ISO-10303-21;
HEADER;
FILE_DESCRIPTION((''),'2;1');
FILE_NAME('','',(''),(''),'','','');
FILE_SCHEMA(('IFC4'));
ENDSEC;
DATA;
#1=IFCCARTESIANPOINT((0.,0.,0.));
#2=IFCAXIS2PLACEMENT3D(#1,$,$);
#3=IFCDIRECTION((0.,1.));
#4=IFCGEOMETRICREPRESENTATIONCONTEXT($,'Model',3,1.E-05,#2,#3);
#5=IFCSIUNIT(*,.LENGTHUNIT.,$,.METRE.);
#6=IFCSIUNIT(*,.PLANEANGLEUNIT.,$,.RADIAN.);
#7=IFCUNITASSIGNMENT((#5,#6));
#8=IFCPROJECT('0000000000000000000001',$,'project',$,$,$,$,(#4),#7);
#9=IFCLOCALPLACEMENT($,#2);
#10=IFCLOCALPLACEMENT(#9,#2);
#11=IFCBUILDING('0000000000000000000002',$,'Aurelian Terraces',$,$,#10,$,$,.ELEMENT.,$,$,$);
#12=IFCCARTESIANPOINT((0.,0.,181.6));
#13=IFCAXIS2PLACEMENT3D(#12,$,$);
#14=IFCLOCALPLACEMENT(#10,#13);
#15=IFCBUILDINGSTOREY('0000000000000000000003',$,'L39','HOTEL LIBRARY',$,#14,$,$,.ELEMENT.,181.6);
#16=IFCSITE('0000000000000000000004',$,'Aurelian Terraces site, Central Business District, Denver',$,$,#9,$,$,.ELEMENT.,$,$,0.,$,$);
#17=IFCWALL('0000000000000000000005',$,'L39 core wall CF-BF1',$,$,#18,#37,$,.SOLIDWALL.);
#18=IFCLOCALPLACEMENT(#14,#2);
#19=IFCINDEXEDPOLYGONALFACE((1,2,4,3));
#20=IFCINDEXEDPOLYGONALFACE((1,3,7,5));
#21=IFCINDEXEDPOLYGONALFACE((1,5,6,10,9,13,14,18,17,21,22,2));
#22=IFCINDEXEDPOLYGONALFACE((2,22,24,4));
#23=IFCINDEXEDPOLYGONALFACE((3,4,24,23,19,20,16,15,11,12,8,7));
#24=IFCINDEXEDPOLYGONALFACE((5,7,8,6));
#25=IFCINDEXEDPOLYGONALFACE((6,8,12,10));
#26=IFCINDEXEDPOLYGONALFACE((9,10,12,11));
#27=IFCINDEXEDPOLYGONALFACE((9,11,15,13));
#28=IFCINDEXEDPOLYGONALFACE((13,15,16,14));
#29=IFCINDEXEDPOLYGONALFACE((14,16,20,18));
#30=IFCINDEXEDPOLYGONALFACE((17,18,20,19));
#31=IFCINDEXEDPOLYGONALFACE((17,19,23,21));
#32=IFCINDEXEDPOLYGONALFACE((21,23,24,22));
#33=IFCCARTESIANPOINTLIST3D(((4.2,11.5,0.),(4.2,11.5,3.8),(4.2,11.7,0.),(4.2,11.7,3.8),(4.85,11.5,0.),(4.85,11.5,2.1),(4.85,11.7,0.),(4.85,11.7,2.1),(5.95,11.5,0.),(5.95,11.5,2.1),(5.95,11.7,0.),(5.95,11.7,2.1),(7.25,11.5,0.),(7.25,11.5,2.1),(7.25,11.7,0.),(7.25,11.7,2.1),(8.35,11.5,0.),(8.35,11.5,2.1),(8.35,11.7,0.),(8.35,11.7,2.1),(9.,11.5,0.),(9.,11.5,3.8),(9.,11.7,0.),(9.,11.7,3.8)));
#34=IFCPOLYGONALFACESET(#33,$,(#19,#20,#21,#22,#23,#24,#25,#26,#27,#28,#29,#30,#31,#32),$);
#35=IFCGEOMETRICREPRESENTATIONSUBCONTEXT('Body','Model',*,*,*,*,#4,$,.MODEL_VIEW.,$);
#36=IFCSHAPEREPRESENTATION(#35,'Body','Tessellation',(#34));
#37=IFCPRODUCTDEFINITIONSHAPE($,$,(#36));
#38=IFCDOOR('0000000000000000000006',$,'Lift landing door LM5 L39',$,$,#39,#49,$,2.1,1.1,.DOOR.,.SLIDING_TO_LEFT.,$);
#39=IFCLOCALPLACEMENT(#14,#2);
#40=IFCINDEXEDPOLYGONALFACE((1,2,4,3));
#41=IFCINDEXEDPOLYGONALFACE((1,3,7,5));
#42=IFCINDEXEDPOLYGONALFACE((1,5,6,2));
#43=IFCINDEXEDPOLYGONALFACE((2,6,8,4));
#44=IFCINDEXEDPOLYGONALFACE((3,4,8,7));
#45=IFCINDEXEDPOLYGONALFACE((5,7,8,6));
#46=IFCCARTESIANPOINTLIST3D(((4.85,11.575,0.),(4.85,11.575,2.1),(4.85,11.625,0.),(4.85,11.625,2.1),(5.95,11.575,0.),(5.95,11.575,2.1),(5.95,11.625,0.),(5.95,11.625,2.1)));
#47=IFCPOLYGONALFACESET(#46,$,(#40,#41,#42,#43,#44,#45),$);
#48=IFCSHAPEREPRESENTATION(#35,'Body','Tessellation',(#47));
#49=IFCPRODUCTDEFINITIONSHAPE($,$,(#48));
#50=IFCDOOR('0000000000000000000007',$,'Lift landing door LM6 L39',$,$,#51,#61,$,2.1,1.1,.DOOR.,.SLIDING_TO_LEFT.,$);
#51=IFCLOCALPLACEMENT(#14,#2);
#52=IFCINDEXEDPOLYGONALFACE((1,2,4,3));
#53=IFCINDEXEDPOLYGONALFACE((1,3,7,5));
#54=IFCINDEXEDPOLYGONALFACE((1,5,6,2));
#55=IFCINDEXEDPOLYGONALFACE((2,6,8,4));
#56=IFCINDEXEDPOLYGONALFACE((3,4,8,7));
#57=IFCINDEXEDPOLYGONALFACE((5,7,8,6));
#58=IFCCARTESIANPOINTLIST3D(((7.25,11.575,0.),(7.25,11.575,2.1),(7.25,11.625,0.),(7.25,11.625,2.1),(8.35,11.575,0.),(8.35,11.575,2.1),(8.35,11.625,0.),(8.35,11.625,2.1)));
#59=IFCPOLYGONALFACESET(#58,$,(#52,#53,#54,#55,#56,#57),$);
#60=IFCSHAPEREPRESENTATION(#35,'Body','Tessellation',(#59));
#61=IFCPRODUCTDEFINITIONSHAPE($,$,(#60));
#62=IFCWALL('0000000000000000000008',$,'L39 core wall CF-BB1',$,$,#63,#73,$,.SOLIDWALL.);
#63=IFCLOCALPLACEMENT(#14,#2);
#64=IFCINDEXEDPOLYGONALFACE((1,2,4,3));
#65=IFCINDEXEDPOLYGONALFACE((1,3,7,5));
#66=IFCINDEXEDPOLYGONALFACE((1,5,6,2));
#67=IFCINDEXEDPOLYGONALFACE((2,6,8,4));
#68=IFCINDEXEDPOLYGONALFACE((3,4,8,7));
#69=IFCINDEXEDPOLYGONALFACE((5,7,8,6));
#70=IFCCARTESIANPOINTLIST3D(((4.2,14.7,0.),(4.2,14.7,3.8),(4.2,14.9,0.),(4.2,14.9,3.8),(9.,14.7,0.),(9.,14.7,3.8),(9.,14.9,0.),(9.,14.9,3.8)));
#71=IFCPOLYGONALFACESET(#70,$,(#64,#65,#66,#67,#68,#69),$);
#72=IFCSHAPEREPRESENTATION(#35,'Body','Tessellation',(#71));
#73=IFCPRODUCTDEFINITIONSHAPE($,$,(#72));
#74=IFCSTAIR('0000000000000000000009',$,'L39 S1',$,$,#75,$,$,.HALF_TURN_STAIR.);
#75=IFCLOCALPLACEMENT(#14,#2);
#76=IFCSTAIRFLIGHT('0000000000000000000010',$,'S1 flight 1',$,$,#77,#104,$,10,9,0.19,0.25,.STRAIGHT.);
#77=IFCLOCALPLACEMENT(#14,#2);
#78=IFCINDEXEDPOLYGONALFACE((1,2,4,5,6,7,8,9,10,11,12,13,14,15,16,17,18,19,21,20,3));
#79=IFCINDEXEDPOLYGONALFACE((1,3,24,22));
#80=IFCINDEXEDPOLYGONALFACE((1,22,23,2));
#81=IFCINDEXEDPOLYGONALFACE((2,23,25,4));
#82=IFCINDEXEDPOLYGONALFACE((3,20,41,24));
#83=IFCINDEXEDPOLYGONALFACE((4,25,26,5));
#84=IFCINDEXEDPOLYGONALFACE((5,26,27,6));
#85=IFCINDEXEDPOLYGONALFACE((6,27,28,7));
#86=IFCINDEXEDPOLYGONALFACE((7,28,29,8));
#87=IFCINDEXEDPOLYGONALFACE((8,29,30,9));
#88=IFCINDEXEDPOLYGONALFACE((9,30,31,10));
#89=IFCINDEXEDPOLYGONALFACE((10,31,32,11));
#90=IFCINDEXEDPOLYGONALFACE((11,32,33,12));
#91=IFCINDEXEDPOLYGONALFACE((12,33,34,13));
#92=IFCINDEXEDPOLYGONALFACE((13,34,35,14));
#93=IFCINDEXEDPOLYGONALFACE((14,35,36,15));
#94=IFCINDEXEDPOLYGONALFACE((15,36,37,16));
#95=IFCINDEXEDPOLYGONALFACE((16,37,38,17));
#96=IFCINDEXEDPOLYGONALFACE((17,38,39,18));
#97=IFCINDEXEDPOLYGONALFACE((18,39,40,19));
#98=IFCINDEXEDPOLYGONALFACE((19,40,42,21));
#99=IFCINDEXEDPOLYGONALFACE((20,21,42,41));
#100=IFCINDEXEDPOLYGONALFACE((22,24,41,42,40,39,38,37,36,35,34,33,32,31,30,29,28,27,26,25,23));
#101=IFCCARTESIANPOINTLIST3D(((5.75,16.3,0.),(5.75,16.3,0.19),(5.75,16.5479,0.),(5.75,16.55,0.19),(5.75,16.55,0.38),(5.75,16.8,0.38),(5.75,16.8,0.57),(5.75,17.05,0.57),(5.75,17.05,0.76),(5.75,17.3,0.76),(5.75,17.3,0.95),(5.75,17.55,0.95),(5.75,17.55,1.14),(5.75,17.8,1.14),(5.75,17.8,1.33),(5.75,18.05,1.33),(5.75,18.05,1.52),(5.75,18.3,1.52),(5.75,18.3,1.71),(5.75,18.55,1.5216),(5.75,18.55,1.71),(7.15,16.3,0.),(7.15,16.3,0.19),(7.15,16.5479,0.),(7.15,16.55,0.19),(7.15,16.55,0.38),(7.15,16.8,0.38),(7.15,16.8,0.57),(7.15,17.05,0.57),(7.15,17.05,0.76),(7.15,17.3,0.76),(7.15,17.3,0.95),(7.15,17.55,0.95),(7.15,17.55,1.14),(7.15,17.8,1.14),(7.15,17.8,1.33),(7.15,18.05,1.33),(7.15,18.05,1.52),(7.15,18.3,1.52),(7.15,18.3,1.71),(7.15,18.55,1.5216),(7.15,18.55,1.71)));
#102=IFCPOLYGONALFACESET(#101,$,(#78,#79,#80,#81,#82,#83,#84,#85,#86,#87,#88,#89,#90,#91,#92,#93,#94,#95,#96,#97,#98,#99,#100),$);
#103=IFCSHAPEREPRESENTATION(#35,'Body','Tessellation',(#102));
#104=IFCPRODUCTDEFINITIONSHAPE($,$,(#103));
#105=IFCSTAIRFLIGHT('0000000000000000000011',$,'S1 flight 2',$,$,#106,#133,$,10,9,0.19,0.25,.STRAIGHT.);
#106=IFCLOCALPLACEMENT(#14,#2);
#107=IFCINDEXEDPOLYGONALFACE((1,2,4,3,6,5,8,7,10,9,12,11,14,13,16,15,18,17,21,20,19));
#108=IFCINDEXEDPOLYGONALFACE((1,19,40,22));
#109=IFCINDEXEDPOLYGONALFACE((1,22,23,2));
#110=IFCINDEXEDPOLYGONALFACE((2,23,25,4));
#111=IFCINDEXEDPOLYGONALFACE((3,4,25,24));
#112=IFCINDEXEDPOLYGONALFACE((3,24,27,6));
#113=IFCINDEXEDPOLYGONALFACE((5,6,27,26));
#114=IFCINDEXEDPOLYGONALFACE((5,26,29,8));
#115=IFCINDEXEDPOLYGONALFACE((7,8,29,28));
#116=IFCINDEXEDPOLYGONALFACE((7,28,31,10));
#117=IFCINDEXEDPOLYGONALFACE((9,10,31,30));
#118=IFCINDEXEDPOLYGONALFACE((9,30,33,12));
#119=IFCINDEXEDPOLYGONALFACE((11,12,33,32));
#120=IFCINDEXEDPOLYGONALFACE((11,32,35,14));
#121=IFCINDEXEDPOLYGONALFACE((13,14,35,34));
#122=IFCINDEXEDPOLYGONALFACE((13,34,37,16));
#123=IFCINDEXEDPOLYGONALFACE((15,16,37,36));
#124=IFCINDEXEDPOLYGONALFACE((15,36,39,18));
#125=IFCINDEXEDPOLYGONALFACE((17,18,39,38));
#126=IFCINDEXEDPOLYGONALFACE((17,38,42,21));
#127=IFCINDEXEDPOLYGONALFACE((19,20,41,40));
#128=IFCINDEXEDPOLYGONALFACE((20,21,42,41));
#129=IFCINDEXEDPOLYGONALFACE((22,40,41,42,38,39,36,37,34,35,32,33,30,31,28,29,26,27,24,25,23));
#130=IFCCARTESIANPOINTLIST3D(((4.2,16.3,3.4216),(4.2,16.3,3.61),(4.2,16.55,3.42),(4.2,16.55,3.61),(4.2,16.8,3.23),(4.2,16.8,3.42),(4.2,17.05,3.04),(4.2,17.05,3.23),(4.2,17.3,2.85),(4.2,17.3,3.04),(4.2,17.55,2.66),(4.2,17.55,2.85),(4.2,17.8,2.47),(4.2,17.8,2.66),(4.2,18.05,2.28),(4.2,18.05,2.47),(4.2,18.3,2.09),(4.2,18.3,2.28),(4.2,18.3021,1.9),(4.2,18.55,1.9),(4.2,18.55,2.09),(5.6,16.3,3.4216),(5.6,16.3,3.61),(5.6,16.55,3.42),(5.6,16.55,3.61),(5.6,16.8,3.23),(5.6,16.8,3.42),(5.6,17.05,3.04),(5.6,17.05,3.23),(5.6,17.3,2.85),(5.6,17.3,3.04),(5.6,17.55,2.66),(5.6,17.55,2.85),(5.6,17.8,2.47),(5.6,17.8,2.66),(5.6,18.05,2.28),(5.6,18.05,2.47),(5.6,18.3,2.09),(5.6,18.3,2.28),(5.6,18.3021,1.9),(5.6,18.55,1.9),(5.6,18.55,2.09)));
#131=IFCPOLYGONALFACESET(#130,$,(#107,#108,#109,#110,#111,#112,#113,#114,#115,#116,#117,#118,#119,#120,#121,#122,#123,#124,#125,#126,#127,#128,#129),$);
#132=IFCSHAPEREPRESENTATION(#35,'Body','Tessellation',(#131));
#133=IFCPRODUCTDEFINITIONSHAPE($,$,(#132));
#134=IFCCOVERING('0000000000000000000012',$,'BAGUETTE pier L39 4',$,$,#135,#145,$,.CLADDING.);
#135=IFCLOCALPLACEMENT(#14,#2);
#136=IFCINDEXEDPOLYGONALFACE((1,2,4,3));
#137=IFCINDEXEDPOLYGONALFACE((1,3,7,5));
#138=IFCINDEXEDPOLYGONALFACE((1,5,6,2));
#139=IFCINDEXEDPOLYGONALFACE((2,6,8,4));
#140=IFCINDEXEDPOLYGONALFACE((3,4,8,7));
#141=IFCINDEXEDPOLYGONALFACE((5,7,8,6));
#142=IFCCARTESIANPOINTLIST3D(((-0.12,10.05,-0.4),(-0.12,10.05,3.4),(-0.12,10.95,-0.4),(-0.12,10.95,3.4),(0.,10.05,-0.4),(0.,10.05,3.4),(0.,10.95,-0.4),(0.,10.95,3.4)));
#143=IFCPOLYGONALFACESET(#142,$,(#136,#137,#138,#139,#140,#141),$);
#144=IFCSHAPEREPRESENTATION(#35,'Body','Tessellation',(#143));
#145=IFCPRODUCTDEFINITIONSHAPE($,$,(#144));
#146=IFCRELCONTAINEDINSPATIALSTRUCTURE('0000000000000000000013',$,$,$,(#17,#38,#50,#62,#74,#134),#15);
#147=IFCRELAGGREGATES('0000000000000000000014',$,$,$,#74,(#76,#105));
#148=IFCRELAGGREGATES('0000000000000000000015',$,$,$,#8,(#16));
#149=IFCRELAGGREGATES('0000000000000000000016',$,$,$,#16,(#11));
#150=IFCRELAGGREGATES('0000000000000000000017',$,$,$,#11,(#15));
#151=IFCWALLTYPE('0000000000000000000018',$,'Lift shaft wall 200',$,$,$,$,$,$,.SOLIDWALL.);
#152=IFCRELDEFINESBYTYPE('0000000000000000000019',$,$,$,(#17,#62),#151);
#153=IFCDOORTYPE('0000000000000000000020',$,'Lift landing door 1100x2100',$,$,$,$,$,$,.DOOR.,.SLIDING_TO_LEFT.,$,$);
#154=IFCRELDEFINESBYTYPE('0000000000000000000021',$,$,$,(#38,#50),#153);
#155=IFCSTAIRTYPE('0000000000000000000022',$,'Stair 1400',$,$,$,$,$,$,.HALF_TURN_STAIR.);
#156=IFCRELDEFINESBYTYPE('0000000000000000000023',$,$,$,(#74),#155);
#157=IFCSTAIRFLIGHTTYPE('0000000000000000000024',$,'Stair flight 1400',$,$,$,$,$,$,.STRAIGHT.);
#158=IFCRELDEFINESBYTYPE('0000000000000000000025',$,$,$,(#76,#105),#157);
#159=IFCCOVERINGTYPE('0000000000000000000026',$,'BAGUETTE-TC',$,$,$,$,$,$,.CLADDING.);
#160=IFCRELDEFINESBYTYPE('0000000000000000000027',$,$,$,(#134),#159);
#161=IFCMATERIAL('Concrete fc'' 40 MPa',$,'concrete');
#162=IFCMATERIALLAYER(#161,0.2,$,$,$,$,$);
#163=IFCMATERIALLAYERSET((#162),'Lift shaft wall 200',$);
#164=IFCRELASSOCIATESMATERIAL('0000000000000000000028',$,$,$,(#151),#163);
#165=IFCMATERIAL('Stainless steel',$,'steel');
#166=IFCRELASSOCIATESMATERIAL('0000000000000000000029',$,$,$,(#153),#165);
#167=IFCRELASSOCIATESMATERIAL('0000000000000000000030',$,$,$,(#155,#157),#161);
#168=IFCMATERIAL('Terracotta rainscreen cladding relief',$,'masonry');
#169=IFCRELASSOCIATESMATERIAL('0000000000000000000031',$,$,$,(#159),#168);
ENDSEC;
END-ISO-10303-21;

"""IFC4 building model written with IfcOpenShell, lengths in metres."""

from ifc_helpers import new_model, si_unit, direction, frame, frame_2d, origin, origin_2d, place, context, subcontext, project, spatial, polyline, rectangle, outline, extrude, source, transform, mapped, material, layer, layer_set, type_object, element, fill, aggregate, save


model = new_model("IFC4")

# Units and contexts
model_context = context("Model", 3, precision=1e-05, world=origin(), true_north=direction((0.0, 1.0)))
body_context = subcontext(model_context, "Body", "Model", "MODEL_VIEW")
ifc_project = project(units=[si_unit("LENGTHUNIT", "METRE"), si_unit("PLANEANGLEUNIT", "RADIAN")], contexts=[model_context])

# Site, building, storey
site_placement = place(None, origin())
site = spatial("IfcSite", under=ifc_project, at=site_placement, Name="Aurelian Terraces site, Central Business District, Denver", CompositionType="ELEMENT", RefElevation=0.0)
building_placement = place(site_placement, origin())
building = spatial("IfcBuilding", under=site, at=building_placement, Name="Aurelian Terraces", CompositionType="ELEMENT")
storey_placement = place(building_placement, frame((0.0, 0.0, 181.6)))
storey = spatial("IfcBuildingStorey", under=building, at=storey_placement, Name="L39", Description="HOTEL LIBRARY", CompositionType="ELEMENT", Elevation=181.6)

# Shared definitions
ifc_material_1 = material(Name="Concrete fc' 40 MPa", Category="concrete")
ifc_layer_1 = layer(ifc_material_1, 0.2)
ifc_layer_set_1 = layer_set([ifc_layer_1], Name="Lift shaft wall 200")
wall_type_1 = type_object("IfcWallType", Name="Lift shaft wall 200", PredefinedType="SOLIDWALL", material=ifc_layer_set_1)

# Wall, openings, doors
shared_shape_1 = source(origin(), body_context, "Body", "SweptSolid", [
    extrude(rectangle(XDim=1.1, YDim=2.1, at=frame_2d((0.55, 1.05))), frame((0.0, 0.11, 0.0), z_axis=(0.0, -1.0, 0.0), x_axis=(1.0, 0.0, 0.0)), (0.0, 0.0, 1.0), 0.22),
])
ifc_material_2 = material(Name="Stainless steel", Category="steel")
door_type = type_object("IfcDoorType", Name="Lift landing door 1100x2100", OperationType="SLIDING_TO_LEFT", PredefinedType="DOOR", material=ifc_material_2)
shared_shape_2 = source(origin(), body_context, "Body", "SweptSolid", [
    extrude(rectangle(XDim=1.1, YDim=2.1, at=frame_2d((0.55, 1.05))), frame((0.0, 0.025, 0.0), z_axis=(0.0, -1.0, 0.0), x_axis=(1.0, 0.0, 0.0)), (0.0, 0.0, 1.0), 0.05),
])
shared_shape_3 = source(origin(), body_context, "Body", "SweptSolid", [
    extrude(rectangle(XDim=4.8, YDim=0.2, at=frame_2d((2.4, 0.0))), origin(), (0.0, 0.0, 1.0), 3.8),
])
wall_1_placement = place(storey_placement, frame((4.2, 11.6, 0.0), z_axis=(0.0, 0.0, 1.0), x_axis=(1.0, 0.0, 0.0)))
wall_1 = element("IfcWall", 1, at=wall_1_placement, inside=storey, type_object=wall_type_1, Name="L39 core wall CF-BF1", PredefinedType="SOLIDWALL", context=body_context, shape_type="MappedRepresentation", body=[
    mapped(shared_shape_3, transform((0.0, 0.0, 0.0), scale=1.0)),
])
opening_1_placement = place(wall_1_placement, frame((0.65, 0.0, 0.0)))
opening_1 = element("IfcOpeningElement", 2, at=opening_1_placement, cuts=wall_1, PredefinedType="OPENING", context=body_context, shape_type="MappedRepresentation", body=[
    mapped(shared_shape_1, transform((0.0, 0.0, 0.0), scale=1.0)),
])
opening_2_placement = place(wall_1_placement, frame((3.05, 0.0, 0.0)))
opening_2 = element("IfcOpeningElement", 3, at=opening_2_placement, cuts=wall_1, PredefinedType="OPENING", context=body_context, shape_type="MappedRepresentation", body=[
    mapped(shared_shape_1, transform((0.0, 0.0, 0.0), scale=1.0)),
])
door_1_placement = place(opening_1_placement, origin())
door_1 = element("IfcDoor", 4, at=door_1_placement, inside=storey, type_object=door_type, Name="Lift landing door LM5 L39", OperationType="SLIDING_TO_LEFT", OverallHeight=2.1, OverallWidth=1.1, PredefinedType="DOOR", context=body_context, shape_type="MappedRepresentation", body=[
    mapped(shared_shape_2, transform((0.0, 0.0, 0.0), scale=1.0)),
])
fill(opening_1, door_1)
door_2_placement = place(opening_2_placement, origin())
door_2 = element("IfcDoor", 5, at=door_2_placement, inside=storey, type_object=door_type, Name="Lift landing door LM6 L39", OperationType="SLIDING_TO_LEFT", OverallHeight=2.1, OverallWidth=1.1, PredefinedType="DOOR", context=body_context, shape_type="MappedRepresentation", body=[
    mapped(shared_shape_2, transform((0.0, 0.0, 0.0), scale=1.0)),
])
fill(opening_2, door_2)

# Wall
wall_2_placement = place(storey_placement, frame((4.2, 14.8, 0.0), z_axis=(0.0, 0.0, 1.0), x_axis=(1.0, 0.0, 0.0)))
element("IfcWall", 6, at=wall_2_placement, inside=storey, type_object=wall_type_1, Name="L39 core wall CF-BB1", PredefinedType="SOLIDWALL", context=body_context, shape_type="MappedRepresentation", body=[
    mapped(shared_shape_3, transform((0.0, 0.0, 0.0), scale=1.0)),
])

# Stair, stair flights
stair_type = type_object("IfcStairType", Name="Stair 1400", PredefinedType="HALF_TURN_STAIR", material=ifc_material_1)
stair_placement = place(storey_placement, origin())
stair = element("IfcStair", 7, at=stair_placement, inside=storey, type_object=stair_type, Name="L39 S1", PredefinedType="HALF_TURN_STAIR")
stair_flight_type = type_object("IfcStairFlightType", Name="Stair flight 1400", PredefinedType="STRAIGHT", material=ifc_material_1)
shared_shape_4 = source(origin(), body_context, "Body", "SweptSolid", [
    extrude(outline(polyline([(0.0, 0.0), (0.0, 0.19), (0.25, 0.19), (0.25, 0.38), (0.5, 0.38), (0.5, 0.57), (0.75, 0.57), (0.75, 0.76), (1.0, 0.76), (1.0, 0.95), (1.25, 0.95), (1.25, 1.14), (1.5, 1.14), (1.5, 1.33), (1.75, 1.33), (1.75, 1.52), (2.0, 1.52), (2.0, 1.71), (2.25, 1.71), (2.25, 1.9), (2.25, 1.5216), (0.2479, 0.0), (0.0, 0.0)])), frame((0.0, 0.7, 0.0), z_axis=(0.0, -1.0, 0.0), x_axis=(1.0, 0.0, 0.0)), (0.0, 0.0, 1.0), 1.4),
])
stair_flight_1_placement = place(storey_placement, frame((6.45, 16.3, 0.0), z_axis=(0.0, 0.0, 1.0), x_axis=(0.0, 1.0, 0.0)))
stair_flight_1 = element("IfcStairFlight", 8, at=stair_flight_1_placement, type_object=stair_flight_type, Name="S1 flight 1", NumberOfRisers=10, NumberOfTreads=9, PredefinedType="STRAIGHT", RiserHeight=0.19, TreadLength=0.25, context=body_context, shape_type="MappedRepresentation", body=[
    mapped(shared_shape_4, transform((0.0, 0.0, 0.0), scale=1.0)),
])
stair_flight_2_placement = place(storey_placement, frame((4.9, 18.55, 1.9), z_axis=(0.0, 0.0, 1.0), x_axis=(0.0, -1.0, 0.0)))
stair_flight_2 = element("IfcStairFlight", 9, at=stair_flight_2_placement, type_object=stair_flight_type, Name="S1 flight 2", NumberOfRisers=10, NumberOfTreads=9, PredefinedType="STRAIGHT", RiserHeight=0.19, TreadLength=0.25, context=body_context, shape_type="MappedRepresentation", body=[
    mapped(shared_shape_4, transform((0.0, 0.0, 0.0), scale=1.0)),
])
aggregate(stair, [stair_flight_1, stair_flight_2])

# Covering
ifc_material_3 = material(Name="Terracotta rainscreen cladding relief", Category="masonry")
covering_type = type_object("IfcCoveringType", Name="BAGUETTE-TC", PredefinedType="CLADDING", material=ifc_material_3)
shared_shape_5 = source(origin(), body_context, "Body", "SweptSolid", [
    extrude(rectangle(XDim=0.12, YDim=0.9, at=origin_2d()), origin(), (0.0, 0.0, 1.0), 3.8),
])
covering_placement = place(storey_placement, frame((-0.06, 10.5, -0.4), z_axis=(0.0, 0.0, 1.0), x_axis=(1.0, 0.0, 0.0)))
element("IfcCovering", 10, at=covering_placement, inside=storey, type_object=covering_type, Name="BAGUETTE pier L39 4", PredefinedType="CLADDING", context=body_context, shape_type="MappedRepresentation", body=[
    mapped(shared_shape_5, transform((0.0, 0.0, 0.0), scale=1.0)),
])

save(model, "model.ifc")
